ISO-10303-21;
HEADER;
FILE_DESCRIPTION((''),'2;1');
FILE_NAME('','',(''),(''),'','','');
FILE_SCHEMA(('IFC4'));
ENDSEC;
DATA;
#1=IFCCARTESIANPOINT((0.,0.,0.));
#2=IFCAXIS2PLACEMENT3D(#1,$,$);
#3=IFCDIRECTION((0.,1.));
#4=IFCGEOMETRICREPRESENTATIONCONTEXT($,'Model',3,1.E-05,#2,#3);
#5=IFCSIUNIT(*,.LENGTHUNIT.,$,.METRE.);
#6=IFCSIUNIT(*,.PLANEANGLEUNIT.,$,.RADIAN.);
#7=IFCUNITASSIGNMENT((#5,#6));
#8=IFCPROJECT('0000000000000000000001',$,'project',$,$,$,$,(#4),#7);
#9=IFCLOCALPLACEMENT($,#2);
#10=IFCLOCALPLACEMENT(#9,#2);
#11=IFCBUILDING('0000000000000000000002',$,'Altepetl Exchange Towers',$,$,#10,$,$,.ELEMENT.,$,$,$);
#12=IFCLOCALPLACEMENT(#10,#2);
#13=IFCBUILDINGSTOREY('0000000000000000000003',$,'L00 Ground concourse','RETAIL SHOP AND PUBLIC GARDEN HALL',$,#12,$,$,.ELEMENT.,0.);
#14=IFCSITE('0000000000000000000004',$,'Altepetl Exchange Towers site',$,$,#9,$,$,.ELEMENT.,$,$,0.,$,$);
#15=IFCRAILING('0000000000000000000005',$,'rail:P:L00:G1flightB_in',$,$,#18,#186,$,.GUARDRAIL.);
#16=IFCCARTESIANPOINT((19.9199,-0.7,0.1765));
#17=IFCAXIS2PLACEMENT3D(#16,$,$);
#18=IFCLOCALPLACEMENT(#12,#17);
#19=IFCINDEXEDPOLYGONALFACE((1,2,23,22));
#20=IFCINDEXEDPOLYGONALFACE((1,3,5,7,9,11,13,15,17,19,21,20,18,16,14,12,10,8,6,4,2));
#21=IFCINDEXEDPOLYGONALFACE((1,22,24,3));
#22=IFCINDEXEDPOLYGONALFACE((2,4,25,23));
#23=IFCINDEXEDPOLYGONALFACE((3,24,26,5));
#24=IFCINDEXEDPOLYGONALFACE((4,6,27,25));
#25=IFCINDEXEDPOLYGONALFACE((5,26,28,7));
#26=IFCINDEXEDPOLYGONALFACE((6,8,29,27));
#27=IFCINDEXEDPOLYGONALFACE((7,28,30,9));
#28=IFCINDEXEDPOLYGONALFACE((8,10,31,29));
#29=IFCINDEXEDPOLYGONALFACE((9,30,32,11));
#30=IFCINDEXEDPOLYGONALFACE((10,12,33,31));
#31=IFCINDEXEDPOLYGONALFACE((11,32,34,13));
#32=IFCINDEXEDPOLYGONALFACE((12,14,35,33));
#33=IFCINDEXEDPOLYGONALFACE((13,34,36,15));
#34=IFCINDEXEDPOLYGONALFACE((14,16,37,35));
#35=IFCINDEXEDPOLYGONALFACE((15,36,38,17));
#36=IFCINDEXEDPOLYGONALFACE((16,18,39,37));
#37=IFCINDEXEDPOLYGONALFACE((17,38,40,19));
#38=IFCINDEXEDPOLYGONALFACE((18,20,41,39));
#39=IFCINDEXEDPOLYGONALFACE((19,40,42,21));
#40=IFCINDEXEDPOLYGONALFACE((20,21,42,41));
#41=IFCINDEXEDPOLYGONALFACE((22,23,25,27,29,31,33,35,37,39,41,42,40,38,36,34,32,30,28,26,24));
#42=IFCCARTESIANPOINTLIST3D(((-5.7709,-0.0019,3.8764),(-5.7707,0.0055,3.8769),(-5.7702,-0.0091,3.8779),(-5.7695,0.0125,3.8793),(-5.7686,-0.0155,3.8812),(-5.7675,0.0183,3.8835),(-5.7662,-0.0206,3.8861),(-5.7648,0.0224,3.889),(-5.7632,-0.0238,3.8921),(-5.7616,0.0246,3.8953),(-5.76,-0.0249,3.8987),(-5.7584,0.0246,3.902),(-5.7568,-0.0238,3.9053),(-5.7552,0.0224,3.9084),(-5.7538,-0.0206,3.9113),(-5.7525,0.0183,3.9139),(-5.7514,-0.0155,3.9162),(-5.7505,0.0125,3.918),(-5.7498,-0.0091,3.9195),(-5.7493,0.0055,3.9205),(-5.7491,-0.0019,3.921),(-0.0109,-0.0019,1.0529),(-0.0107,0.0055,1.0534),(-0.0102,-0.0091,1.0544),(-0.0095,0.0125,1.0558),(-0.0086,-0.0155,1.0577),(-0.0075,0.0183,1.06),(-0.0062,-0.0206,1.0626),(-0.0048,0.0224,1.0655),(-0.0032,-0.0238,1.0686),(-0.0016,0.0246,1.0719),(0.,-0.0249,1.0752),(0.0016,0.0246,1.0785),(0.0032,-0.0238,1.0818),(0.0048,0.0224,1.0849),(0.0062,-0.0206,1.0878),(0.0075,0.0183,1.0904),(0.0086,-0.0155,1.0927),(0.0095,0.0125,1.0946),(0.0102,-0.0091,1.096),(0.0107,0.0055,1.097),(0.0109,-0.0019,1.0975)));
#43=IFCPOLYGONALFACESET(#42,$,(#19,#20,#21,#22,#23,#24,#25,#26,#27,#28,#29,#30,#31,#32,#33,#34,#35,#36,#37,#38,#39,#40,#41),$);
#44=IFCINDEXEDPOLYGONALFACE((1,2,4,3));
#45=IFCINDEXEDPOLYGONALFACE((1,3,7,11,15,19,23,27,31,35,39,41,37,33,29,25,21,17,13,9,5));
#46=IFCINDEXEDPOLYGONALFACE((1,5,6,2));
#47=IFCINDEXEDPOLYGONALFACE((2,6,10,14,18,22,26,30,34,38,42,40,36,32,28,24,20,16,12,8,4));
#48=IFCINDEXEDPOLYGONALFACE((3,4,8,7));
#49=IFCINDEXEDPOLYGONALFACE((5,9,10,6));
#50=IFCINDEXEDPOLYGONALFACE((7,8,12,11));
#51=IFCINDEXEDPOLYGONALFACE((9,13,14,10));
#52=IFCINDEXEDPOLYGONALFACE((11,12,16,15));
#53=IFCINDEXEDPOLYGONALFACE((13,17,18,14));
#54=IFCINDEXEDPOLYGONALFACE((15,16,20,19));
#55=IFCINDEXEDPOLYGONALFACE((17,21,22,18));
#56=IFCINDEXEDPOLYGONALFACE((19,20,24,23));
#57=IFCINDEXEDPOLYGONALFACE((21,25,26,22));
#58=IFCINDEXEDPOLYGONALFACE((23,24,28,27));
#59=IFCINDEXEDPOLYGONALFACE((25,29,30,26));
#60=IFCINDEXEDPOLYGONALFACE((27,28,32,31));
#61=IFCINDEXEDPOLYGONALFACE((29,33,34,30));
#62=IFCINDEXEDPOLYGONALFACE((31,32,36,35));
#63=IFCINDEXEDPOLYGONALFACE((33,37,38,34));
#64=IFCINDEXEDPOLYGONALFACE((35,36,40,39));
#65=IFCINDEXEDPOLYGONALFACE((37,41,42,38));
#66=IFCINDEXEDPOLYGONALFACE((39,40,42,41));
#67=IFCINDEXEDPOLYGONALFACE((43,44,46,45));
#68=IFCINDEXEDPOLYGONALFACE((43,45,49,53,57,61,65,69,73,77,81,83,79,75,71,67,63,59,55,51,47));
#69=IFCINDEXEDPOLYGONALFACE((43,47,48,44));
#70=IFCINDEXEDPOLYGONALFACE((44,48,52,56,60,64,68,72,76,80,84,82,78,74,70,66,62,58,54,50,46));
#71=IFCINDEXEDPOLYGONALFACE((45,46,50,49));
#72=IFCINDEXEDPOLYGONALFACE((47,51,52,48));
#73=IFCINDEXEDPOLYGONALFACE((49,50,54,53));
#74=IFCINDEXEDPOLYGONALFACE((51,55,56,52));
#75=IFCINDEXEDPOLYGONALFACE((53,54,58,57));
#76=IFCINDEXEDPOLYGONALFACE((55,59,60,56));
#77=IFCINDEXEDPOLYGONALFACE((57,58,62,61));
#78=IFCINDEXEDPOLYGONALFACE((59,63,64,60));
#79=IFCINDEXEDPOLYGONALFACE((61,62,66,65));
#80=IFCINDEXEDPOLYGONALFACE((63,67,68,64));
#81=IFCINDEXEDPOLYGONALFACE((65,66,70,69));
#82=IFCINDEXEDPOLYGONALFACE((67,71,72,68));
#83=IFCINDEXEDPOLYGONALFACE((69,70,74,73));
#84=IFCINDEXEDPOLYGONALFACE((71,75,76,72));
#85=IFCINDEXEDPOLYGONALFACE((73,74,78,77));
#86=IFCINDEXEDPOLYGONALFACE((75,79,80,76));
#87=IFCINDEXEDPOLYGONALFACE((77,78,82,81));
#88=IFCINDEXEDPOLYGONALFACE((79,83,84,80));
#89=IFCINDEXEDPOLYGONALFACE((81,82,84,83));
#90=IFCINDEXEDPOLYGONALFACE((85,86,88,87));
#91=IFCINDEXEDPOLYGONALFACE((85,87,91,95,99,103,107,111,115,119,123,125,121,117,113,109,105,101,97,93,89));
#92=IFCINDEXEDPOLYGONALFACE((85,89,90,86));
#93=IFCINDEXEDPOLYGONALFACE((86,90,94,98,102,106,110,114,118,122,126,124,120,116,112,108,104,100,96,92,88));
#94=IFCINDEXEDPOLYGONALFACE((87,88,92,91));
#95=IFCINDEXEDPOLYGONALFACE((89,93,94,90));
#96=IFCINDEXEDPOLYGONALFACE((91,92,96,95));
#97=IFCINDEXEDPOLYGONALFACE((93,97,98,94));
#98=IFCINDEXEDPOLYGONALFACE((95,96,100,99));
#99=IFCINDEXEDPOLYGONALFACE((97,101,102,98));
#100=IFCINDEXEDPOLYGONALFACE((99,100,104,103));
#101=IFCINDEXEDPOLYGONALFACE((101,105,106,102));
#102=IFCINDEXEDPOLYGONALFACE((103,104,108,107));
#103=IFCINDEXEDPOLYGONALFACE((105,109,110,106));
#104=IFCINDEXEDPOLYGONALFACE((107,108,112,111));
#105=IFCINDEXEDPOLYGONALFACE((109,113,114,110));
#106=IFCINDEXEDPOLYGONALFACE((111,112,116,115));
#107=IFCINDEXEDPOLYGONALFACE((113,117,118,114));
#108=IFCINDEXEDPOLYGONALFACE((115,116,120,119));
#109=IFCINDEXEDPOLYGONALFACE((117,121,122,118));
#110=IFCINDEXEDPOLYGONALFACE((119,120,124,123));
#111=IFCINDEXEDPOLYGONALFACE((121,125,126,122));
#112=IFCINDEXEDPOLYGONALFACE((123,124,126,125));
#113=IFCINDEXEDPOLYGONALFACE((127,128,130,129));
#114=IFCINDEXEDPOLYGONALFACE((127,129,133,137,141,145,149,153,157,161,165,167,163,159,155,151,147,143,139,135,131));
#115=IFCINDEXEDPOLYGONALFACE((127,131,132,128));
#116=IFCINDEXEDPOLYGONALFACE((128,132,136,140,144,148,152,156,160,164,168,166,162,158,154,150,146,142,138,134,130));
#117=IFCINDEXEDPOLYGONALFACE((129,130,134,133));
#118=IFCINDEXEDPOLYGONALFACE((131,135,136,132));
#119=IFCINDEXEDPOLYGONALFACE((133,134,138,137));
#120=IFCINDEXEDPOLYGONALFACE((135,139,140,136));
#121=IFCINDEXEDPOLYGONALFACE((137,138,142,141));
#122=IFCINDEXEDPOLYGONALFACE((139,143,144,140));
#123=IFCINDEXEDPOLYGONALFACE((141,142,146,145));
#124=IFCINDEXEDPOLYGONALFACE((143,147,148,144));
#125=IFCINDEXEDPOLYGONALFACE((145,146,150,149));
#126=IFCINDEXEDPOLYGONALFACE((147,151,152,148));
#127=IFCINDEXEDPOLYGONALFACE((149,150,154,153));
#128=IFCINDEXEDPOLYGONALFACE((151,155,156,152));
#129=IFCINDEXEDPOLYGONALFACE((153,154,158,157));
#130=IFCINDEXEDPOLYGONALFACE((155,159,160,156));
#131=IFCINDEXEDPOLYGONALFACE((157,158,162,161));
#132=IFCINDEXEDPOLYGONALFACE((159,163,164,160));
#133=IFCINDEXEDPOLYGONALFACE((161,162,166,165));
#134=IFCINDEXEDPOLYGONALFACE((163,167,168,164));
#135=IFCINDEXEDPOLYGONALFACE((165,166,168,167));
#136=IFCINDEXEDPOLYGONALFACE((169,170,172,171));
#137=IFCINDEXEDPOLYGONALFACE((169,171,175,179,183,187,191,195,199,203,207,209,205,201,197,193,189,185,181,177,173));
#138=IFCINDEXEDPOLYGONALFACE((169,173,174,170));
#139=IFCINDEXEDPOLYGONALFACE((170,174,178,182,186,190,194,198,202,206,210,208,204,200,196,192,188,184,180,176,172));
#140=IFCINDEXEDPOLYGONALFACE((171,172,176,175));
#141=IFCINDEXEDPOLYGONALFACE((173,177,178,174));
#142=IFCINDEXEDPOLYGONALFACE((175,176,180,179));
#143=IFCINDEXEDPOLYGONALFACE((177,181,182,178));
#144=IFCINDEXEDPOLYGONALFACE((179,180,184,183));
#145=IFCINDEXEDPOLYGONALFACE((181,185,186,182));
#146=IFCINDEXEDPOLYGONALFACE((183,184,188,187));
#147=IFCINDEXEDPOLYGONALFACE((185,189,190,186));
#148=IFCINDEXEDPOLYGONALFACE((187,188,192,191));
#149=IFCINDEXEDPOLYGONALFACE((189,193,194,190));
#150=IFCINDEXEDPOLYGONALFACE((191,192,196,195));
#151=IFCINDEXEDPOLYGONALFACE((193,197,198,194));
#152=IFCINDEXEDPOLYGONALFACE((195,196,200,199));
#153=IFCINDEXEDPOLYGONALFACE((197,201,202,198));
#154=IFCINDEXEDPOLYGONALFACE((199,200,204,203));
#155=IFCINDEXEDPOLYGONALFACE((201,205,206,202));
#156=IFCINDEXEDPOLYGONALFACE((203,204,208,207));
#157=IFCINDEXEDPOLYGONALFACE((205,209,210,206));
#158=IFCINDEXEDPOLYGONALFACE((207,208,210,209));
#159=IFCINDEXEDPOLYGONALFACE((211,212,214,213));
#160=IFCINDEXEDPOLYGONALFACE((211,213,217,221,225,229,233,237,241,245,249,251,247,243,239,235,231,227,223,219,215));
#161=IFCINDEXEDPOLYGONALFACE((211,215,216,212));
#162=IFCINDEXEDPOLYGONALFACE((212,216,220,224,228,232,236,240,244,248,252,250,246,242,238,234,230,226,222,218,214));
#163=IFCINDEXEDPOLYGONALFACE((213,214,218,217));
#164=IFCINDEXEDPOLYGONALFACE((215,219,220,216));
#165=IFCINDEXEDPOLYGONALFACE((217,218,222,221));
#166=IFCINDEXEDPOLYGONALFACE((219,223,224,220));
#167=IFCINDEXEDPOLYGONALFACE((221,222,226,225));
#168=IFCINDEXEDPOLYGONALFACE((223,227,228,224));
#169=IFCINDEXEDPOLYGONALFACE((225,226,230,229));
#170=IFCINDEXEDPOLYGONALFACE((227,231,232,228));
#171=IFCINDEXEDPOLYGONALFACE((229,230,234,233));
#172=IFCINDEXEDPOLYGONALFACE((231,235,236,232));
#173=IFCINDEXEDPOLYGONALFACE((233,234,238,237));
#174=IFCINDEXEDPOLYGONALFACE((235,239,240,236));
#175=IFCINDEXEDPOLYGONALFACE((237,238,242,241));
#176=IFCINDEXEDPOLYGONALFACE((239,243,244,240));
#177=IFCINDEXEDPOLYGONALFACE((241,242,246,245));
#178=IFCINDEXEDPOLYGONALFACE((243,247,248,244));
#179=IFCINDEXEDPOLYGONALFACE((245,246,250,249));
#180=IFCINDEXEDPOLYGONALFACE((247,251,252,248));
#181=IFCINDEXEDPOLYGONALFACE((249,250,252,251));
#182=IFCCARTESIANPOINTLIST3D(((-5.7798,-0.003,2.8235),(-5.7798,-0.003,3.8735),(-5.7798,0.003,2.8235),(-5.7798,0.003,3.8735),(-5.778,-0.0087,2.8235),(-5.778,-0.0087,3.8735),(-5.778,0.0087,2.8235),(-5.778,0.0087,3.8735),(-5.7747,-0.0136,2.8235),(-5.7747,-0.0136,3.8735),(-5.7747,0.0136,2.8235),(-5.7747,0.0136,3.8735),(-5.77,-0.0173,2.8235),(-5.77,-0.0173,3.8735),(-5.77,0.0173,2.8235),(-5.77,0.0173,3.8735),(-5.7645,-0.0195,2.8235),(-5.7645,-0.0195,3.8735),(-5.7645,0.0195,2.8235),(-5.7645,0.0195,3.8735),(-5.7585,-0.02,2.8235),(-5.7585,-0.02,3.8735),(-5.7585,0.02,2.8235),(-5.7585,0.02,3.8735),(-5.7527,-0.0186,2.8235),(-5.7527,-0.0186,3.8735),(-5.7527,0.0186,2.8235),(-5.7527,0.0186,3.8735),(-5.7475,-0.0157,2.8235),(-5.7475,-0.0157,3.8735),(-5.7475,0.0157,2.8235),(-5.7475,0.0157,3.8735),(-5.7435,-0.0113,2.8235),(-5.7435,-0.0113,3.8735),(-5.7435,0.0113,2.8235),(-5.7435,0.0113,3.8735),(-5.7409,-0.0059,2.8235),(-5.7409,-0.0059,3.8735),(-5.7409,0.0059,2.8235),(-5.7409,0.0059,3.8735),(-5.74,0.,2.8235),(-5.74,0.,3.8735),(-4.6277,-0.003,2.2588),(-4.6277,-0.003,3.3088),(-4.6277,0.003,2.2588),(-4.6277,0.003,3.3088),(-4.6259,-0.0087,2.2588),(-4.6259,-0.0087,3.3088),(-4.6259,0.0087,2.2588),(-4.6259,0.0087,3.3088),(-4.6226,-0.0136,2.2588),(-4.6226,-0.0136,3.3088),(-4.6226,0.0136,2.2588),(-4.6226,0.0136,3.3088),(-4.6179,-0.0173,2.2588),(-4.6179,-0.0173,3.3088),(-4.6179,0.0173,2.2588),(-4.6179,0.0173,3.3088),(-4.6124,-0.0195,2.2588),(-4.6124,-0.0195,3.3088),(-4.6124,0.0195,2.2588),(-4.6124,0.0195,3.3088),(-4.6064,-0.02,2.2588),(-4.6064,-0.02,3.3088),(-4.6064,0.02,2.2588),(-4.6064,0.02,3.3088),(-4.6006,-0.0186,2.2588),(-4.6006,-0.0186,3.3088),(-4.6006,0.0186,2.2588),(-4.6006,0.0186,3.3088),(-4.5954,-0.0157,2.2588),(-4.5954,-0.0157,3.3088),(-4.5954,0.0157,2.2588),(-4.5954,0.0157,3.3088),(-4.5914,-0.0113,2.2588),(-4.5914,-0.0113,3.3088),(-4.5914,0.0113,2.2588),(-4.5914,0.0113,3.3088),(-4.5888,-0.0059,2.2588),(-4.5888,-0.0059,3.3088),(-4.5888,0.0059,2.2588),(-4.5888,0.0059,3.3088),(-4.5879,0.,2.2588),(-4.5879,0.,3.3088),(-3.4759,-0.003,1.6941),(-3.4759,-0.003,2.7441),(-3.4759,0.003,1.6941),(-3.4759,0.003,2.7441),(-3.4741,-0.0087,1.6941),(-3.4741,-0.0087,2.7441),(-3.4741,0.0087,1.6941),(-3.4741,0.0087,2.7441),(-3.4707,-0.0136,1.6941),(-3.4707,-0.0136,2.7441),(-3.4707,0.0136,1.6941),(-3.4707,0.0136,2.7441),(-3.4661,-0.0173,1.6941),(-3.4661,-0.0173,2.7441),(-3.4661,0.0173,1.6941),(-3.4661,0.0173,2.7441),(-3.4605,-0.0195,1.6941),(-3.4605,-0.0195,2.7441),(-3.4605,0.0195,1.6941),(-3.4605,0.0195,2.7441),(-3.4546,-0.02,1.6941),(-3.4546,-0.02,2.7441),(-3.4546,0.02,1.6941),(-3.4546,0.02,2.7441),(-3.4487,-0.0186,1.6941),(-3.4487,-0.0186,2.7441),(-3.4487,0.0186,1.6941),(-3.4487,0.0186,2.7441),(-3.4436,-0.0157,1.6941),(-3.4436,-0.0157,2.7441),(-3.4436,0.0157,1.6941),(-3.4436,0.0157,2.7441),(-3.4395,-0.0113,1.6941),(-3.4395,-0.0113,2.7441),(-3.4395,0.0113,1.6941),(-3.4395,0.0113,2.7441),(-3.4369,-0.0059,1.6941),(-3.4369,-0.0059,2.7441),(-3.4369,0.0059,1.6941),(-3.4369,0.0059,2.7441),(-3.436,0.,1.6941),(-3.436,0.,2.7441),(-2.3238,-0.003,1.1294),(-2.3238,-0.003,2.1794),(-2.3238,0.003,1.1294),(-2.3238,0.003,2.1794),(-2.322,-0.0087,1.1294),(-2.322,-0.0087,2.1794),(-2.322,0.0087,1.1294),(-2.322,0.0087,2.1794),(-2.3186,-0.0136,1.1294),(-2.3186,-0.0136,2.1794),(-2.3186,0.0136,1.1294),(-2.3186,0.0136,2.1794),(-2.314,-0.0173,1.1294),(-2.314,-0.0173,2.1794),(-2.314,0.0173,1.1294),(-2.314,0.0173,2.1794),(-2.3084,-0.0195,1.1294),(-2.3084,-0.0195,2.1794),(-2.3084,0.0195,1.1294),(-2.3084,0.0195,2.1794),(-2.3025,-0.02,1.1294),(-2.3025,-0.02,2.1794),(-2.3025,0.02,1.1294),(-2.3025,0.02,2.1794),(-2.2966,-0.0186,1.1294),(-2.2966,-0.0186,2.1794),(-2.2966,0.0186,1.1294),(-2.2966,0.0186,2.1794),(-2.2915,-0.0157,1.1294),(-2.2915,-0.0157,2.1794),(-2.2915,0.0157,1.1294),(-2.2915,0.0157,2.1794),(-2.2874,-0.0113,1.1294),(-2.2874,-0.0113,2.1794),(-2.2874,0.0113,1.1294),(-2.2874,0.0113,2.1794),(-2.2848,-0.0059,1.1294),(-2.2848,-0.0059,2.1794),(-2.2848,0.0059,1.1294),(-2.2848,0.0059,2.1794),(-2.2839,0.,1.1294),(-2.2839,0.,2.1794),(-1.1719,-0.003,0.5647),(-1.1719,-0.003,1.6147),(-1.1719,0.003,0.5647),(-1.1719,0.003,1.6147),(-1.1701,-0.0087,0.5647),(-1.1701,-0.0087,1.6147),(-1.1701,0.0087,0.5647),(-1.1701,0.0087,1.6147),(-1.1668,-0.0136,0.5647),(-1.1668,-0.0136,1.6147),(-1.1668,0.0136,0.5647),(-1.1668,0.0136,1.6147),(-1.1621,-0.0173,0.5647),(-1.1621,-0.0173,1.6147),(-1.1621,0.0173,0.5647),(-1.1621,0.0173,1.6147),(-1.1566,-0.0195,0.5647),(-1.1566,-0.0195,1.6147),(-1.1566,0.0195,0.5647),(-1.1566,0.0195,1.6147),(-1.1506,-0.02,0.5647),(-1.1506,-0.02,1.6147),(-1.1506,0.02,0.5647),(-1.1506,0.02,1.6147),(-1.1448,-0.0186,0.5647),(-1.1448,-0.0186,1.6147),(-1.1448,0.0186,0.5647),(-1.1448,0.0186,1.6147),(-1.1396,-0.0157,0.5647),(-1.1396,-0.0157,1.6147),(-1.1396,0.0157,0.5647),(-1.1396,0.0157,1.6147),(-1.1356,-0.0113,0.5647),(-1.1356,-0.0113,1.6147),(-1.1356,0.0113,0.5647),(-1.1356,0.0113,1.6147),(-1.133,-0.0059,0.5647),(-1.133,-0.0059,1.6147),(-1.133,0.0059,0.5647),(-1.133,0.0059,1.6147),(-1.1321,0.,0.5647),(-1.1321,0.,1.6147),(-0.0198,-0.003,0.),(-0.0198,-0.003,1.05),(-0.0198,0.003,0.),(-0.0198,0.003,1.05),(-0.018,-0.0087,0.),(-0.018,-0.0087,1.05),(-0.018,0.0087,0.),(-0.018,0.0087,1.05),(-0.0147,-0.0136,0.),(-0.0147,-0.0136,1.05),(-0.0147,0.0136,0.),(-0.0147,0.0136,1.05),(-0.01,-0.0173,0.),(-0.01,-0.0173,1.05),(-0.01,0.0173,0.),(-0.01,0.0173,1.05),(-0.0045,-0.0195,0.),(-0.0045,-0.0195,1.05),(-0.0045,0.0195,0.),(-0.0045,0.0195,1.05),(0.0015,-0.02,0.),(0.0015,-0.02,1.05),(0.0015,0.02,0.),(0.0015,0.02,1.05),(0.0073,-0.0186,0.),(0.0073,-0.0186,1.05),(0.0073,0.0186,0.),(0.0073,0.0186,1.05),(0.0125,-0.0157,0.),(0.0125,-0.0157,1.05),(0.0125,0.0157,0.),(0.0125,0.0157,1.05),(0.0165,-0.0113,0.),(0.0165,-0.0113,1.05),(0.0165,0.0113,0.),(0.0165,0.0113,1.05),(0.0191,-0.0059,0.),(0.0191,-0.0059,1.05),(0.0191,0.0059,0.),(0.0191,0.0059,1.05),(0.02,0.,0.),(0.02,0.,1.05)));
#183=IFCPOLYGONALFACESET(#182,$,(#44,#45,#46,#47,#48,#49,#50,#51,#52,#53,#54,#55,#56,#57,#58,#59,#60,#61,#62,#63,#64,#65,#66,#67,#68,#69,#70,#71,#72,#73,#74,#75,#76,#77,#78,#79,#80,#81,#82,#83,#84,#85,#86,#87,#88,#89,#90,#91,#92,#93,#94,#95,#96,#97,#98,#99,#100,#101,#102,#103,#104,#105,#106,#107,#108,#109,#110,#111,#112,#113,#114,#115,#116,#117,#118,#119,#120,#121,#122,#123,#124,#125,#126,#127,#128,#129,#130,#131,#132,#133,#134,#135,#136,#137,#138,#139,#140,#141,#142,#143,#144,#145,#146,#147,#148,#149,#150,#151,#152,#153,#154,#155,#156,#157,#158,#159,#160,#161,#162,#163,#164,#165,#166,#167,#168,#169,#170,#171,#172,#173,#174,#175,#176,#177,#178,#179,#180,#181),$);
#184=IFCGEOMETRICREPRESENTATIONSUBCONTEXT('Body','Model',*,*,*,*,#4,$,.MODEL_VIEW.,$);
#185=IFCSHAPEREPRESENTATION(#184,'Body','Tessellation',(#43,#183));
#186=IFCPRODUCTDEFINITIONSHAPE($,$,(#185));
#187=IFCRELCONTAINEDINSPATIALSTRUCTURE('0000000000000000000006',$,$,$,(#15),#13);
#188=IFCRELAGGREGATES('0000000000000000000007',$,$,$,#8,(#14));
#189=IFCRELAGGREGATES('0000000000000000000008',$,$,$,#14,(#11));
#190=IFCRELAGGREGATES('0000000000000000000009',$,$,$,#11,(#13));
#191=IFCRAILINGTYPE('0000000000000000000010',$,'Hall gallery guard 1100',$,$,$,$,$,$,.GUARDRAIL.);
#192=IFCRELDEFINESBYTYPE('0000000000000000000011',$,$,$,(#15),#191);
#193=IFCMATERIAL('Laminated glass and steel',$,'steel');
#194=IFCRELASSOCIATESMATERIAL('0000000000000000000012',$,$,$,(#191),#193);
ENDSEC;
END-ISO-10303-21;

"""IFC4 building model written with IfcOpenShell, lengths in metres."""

from ifc_helpers import new_model, si_unit, direction, frame, origin, origin_2d, place, context, subcontext, project, spatial, circle, extrude, source, transform, mapped, material, type_object, element, save


model = new_model("IFC4")

# Units and contexts
model_context = context("Model", 3, precision=1e-05, world=origin(), true_north=direction((0.0, 1.0)))
body_context = subcontext(model_context, "Body", "Model", "MODEL_VIEW")
ifc_project = project(units=[si_unit("LENGTHUNIT", "METRE"), si_unit("PLANEANGLEUNIT", "RADIAN")], contexts=[model_context])

# Site, building, storey
site_placement = place(None, origin())
site = spatial("IfcSite", under=ifc_project, at=site_placement, Name="Altepetl Exchange Towers site", CompositionType="ELEMENT", RefElevation=0.0)
building_placement = place(site_placement, origin())
building = spatial("IfcBuilding", under=site, at=building_placement, Name="Altepetl Exchange Towers", CompositionType="ELEMENT")
storey_placement = place(building_placement, origin())
storey = spatial("IfcBuildingStorey", under=building, at=storey_placement, Name="L00 Ground concourse", Description="RETAIL SHOP AND PUBLIC GARDEN HALL", CompositionType="ELEMENT", Elevation=0.0)

# Railing
ifc_material_1 = material(Name="Laminated glass and steel", Category="steel")
railing_type_1 = type_object("IfcRailingType", Name="Hall gallery guard 1100", PredefinedType="GUARDRAIL", material=ifc_material_1)
shared_shape_1 = source(origin(), body_context, "Body", "SweptSolid", [
    extrude(circle(Radius=0.02, at=origin_2d()), origin(), (0.0, 0.0, 1.0), 1.05),
])
for number, where, name in (
    (1, (19.9199, -0.7, 0.1765), "rail:P:L00:G1flightB_in"),
):
    element("IfcRailing", number, at=place(storey_placement, frame(where)), inside=storey, type_object=railing_type_1, Name=name, PredefinedType="GUARDRAIL", context=body_context, shape_type="SweptSolid", body=[
        extrude(circle(Radius=0.0249, at=origin_2d()), frame((0.0, 0.0, 1.0752), z_axis=(-0.897924, 0.0, 0.440151), x_axis=(0.0, -1.0, 0.0)), (0.0, 0.0, 1.0), 6.4148),
        mapped(shared_shape_1, transform((0.0, 0.0, 0.0))),
        mapped(shared_shape_1, transform((-1.1521, 0.0, 0.5647))),
        mapped(shared_shape_1, transform((-2.304, 0.0, 1.1294))),
        mapped(shared_shape_1, transform((-3.4561, 0.0, 1.6941))),
        mapped(shared_shape_1, transform((-4.6079, 0.0, 2.2588))),
        mapped(shared_shape_1, transform((-5.76, 0.0, 2.8235))),
    ])

save(model, "model.ifc")
